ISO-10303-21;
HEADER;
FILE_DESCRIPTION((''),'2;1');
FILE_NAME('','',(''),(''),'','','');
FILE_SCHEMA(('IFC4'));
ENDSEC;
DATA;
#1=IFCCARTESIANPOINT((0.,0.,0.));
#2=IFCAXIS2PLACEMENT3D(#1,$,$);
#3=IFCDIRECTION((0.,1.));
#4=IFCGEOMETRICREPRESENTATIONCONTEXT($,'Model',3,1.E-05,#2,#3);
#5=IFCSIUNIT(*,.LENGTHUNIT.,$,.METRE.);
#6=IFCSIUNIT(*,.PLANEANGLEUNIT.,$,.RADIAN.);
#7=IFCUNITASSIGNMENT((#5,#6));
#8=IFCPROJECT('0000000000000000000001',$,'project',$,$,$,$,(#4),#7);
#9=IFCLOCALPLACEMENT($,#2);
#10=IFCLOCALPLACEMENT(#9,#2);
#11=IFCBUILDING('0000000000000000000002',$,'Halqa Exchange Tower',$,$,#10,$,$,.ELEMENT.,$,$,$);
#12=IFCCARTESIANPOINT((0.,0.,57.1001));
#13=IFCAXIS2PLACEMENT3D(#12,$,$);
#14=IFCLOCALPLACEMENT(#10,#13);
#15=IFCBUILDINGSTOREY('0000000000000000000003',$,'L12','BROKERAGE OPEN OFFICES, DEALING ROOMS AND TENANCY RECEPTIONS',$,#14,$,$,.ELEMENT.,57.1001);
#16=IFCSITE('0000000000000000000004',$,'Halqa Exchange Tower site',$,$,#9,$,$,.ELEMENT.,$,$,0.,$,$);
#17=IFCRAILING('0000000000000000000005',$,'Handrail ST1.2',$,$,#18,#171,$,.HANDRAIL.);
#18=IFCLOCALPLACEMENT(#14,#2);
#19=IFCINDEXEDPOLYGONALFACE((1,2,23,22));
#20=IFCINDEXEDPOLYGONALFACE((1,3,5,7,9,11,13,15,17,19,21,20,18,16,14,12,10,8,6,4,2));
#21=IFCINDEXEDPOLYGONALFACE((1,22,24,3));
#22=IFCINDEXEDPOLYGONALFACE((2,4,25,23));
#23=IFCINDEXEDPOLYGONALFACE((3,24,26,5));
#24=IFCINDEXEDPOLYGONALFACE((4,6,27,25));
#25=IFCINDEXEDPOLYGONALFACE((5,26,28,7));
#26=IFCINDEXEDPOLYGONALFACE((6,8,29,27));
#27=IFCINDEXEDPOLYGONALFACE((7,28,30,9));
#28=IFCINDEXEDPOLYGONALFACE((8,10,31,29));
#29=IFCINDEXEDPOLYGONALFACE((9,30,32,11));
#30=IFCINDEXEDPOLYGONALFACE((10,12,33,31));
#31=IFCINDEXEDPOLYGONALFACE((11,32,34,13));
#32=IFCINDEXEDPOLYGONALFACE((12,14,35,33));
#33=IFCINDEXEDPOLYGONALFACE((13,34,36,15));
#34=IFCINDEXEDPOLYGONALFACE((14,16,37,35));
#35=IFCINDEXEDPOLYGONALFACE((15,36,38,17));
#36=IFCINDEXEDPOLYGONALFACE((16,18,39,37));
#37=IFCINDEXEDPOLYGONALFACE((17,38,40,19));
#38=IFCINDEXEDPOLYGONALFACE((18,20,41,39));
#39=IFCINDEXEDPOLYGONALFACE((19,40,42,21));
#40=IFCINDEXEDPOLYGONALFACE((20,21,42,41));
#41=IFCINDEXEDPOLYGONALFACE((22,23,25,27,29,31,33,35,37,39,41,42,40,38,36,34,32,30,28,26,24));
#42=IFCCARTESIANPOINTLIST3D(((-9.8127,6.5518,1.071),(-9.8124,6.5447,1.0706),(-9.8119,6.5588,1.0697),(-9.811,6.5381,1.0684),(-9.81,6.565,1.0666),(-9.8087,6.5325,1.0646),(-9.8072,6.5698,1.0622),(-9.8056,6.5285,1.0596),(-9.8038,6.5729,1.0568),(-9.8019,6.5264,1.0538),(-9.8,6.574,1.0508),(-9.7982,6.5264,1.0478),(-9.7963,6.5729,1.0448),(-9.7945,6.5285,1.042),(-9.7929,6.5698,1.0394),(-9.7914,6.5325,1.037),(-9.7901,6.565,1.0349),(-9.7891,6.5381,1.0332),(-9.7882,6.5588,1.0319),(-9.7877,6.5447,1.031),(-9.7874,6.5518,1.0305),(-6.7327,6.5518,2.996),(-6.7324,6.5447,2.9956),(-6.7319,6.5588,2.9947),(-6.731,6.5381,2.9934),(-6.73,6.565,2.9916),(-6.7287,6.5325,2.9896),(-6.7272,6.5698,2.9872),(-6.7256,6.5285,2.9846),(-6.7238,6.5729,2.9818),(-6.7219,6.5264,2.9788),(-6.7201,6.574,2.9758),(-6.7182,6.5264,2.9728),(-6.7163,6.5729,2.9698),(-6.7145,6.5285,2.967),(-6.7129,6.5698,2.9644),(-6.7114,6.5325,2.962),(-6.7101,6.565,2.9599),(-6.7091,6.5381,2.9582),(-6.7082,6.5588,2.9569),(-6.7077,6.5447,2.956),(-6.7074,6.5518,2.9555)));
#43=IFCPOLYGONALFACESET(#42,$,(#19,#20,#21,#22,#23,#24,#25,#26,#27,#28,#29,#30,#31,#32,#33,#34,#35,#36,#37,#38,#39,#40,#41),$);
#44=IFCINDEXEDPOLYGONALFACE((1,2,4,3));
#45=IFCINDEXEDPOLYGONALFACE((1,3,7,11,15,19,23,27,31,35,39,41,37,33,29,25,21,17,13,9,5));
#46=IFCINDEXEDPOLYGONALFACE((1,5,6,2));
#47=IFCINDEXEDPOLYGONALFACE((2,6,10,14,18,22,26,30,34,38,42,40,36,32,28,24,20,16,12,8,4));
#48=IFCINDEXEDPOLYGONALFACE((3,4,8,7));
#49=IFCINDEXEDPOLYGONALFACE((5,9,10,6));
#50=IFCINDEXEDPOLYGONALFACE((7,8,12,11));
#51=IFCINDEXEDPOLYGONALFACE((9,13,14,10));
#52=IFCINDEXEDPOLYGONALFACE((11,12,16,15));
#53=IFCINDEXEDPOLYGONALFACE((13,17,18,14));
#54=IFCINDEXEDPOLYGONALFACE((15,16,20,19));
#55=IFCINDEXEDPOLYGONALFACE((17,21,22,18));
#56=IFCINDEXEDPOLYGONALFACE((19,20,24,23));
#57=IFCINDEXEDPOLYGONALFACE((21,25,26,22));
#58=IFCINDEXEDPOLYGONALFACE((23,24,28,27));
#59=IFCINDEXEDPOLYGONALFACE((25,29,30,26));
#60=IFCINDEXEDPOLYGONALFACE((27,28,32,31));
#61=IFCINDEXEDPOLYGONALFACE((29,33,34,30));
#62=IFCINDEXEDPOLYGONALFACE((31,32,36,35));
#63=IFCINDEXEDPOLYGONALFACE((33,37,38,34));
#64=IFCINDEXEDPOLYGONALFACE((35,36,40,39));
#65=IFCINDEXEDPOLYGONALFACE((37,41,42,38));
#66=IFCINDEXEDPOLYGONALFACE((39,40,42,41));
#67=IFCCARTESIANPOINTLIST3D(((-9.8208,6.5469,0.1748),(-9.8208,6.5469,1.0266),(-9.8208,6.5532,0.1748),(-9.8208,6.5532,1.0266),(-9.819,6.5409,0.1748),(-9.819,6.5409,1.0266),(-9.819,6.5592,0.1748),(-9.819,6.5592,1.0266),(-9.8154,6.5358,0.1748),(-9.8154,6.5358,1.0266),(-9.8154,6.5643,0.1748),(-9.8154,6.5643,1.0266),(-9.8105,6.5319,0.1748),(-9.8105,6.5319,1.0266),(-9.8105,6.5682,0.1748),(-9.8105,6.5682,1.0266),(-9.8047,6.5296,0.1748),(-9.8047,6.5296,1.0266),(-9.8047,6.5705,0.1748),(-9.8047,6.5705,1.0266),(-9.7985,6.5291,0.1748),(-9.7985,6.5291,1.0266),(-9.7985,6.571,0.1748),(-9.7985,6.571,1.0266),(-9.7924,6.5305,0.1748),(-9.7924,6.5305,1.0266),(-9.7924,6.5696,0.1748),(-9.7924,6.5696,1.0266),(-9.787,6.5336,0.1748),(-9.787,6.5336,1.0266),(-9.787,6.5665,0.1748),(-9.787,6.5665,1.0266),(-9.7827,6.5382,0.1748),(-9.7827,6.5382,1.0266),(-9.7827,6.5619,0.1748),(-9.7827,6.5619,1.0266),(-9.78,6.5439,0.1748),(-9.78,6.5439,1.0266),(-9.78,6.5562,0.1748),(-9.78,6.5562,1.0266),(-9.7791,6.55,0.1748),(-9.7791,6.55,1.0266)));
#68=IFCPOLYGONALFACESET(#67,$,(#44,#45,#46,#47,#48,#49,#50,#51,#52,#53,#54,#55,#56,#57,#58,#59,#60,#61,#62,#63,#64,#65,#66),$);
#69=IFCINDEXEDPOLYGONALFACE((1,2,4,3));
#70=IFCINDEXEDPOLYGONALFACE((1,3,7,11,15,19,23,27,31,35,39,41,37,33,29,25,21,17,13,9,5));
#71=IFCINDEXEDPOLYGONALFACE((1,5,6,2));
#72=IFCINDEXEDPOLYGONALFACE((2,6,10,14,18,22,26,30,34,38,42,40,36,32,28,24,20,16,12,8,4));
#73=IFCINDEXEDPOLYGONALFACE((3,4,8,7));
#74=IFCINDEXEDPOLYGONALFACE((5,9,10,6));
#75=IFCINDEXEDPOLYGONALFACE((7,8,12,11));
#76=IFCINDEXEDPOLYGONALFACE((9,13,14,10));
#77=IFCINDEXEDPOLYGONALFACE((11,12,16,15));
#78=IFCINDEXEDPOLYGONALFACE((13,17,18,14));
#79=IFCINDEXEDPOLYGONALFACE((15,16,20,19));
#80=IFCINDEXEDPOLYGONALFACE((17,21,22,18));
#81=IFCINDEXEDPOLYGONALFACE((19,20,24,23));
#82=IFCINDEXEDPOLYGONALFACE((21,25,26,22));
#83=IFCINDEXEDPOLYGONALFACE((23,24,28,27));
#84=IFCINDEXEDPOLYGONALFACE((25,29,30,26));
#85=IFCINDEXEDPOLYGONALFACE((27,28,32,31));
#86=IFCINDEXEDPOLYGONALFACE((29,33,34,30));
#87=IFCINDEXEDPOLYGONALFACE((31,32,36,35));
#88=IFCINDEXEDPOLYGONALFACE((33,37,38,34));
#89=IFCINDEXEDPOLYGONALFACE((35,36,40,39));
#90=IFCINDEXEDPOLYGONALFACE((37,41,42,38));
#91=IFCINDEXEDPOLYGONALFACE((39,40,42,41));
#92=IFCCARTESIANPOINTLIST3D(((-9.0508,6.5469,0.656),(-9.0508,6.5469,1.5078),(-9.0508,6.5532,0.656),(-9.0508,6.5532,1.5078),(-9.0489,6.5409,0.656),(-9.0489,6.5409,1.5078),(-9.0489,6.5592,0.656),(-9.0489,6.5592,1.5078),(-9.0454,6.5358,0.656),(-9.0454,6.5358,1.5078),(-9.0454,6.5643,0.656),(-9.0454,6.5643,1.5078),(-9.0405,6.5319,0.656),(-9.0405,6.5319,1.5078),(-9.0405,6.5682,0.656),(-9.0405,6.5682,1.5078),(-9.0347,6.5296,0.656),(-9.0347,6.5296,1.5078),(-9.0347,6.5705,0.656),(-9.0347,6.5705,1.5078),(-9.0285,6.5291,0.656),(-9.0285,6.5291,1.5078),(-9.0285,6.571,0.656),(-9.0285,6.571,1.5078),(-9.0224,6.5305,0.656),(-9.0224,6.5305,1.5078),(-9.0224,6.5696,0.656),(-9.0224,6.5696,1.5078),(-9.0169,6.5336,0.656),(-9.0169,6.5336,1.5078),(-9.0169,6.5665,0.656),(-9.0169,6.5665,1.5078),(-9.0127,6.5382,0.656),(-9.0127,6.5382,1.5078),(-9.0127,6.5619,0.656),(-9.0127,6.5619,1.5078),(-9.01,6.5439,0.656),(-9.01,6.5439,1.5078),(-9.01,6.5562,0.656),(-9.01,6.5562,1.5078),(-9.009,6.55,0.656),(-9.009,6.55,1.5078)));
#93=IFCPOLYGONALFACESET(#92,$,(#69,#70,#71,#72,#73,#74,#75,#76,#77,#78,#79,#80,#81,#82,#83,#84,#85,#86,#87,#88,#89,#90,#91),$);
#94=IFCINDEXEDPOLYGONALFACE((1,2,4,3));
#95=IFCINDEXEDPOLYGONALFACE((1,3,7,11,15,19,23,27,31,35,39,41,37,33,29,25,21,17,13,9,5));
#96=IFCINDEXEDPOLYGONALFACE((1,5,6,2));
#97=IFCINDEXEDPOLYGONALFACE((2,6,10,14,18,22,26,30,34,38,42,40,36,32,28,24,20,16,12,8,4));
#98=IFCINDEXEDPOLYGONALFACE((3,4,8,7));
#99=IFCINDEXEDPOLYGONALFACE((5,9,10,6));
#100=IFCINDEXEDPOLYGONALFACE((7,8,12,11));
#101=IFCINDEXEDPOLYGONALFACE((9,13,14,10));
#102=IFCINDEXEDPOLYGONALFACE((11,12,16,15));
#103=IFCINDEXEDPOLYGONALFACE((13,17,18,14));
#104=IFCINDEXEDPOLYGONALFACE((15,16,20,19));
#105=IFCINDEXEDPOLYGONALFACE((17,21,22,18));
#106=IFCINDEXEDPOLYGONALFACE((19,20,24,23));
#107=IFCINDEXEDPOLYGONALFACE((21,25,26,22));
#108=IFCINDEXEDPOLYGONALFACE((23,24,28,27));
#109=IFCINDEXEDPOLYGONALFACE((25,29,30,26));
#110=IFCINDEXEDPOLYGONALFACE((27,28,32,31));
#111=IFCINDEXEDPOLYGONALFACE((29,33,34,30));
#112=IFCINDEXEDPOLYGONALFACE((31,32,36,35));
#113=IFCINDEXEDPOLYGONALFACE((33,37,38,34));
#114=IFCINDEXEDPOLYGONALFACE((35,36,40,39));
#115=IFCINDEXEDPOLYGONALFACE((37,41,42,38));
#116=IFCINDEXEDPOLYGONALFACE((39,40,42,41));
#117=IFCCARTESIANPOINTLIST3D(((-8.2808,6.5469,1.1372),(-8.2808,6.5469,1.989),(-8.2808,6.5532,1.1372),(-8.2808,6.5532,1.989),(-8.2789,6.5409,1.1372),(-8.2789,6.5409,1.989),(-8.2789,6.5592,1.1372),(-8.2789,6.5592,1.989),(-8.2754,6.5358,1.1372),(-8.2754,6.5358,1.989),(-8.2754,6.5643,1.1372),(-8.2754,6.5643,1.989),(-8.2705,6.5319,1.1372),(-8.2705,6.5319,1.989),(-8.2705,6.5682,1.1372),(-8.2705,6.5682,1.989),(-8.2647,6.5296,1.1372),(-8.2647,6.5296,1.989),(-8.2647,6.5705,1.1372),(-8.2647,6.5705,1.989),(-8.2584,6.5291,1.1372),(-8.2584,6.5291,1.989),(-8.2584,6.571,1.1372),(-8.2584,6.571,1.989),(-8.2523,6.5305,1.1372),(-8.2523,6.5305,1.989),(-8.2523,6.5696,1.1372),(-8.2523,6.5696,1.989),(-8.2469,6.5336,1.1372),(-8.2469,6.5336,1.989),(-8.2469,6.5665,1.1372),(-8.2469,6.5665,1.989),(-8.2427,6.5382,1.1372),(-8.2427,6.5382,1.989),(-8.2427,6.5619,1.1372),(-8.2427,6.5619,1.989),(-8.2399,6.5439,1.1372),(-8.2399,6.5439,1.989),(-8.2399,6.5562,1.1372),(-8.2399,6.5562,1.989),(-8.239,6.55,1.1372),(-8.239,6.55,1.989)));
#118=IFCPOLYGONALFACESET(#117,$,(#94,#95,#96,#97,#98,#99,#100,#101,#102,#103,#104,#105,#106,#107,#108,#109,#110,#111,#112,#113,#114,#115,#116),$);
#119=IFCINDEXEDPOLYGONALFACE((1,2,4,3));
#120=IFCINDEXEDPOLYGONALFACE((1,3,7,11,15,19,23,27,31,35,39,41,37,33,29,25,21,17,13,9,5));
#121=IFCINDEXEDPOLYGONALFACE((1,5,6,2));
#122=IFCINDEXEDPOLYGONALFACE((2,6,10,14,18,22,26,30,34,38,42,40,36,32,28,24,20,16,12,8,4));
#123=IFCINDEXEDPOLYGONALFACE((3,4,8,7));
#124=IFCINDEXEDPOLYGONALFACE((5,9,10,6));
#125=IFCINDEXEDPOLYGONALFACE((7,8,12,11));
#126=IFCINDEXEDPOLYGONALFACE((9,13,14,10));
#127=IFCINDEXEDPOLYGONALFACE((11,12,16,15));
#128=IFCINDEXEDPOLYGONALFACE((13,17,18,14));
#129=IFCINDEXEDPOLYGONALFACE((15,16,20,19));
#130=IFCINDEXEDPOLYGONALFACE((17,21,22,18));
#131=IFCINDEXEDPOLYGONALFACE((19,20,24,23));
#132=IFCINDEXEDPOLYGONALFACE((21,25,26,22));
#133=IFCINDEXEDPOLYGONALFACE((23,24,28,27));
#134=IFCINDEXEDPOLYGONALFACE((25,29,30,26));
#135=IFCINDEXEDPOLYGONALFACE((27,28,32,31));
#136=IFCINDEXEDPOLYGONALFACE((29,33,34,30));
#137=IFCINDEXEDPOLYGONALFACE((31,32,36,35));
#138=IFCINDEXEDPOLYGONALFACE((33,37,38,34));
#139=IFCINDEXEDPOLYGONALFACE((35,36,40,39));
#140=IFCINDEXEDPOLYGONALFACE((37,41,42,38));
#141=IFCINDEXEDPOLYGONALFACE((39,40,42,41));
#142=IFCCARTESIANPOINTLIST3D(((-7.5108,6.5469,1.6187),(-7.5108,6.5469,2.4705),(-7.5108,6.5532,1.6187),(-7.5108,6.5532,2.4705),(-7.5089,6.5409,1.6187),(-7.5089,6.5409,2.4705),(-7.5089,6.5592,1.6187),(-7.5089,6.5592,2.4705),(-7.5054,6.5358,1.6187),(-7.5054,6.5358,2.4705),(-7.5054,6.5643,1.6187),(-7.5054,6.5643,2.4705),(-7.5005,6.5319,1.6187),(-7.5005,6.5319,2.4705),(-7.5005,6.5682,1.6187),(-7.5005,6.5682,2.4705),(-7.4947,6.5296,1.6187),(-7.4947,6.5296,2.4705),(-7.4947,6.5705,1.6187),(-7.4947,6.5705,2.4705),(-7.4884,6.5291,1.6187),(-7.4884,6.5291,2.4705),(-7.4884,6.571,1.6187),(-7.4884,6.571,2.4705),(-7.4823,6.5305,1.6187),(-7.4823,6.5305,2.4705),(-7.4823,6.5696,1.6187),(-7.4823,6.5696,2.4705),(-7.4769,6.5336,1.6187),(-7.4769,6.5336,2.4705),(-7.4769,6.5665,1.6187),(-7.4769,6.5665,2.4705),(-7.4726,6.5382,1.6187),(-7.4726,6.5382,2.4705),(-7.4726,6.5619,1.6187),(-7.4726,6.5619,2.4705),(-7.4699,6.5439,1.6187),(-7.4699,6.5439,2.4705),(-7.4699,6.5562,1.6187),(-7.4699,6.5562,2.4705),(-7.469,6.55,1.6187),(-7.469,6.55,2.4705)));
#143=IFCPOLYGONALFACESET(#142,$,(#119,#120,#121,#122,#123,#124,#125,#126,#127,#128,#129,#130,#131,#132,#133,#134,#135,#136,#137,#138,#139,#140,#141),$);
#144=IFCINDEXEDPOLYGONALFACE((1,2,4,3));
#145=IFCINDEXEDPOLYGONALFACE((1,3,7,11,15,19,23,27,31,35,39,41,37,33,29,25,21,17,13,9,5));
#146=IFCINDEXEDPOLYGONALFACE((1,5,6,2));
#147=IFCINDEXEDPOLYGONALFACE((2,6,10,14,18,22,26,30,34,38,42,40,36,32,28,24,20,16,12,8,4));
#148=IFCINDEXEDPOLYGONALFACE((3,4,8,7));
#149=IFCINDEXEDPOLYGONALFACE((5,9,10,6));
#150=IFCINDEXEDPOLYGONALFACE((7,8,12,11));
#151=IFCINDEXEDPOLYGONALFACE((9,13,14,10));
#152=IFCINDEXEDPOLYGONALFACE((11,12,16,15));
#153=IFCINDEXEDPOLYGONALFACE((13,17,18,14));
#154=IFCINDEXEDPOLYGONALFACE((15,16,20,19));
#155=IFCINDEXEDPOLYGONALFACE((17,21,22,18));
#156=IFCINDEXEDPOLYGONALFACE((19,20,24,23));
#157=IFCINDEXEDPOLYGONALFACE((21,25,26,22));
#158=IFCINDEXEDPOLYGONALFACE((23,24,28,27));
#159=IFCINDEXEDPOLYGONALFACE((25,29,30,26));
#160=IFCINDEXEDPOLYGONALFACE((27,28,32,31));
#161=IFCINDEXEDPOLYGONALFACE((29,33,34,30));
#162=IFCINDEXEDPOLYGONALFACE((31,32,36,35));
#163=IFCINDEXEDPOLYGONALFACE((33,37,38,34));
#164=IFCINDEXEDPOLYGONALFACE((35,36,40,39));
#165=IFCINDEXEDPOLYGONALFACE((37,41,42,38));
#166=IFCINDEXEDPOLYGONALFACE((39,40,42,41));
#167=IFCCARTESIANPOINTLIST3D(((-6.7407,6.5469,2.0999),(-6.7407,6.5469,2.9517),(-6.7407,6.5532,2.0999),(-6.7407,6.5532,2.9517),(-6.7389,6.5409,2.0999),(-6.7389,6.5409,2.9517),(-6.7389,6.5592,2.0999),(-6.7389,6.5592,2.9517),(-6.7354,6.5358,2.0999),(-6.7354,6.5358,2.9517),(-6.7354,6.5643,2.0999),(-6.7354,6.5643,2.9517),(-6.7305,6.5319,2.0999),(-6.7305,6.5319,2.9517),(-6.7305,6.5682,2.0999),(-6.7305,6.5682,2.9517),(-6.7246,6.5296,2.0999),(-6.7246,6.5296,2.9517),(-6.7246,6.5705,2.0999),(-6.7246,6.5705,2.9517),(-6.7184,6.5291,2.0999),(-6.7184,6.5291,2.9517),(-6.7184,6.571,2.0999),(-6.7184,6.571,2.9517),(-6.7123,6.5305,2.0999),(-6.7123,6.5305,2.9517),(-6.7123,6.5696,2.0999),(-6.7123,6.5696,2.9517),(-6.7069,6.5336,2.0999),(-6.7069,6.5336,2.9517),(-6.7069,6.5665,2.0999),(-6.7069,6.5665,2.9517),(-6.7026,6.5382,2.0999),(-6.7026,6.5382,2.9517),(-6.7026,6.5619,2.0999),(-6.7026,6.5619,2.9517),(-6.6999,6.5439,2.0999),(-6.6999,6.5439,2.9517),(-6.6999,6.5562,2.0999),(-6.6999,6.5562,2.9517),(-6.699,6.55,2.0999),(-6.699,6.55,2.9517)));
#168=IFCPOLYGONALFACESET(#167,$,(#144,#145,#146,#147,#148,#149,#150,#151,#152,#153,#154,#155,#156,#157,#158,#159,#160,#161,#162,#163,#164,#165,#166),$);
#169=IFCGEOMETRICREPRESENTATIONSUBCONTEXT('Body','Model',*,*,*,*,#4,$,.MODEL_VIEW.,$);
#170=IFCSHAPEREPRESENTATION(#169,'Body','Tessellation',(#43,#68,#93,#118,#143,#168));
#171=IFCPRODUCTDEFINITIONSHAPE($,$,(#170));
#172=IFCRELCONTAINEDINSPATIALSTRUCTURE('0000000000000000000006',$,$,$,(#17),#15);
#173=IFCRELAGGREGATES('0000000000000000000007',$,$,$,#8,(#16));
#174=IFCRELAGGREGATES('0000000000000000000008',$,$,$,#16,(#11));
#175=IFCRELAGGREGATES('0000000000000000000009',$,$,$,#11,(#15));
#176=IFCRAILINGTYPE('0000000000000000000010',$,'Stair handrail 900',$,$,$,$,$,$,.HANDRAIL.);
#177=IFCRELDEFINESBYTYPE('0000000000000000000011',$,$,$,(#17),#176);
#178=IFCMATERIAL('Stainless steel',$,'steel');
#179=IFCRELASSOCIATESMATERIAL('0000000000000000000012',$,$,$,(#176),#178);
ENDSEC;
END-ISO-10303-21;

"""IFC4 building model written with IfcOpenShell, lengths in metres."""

from ifc_helpers import new_model, si_unit, direction, frame, origin, origin_2d, place, context, subcontext, project, spatial, circle, extrude, material, type_object, element, save


model = new_model("IFC4")

# Units and contexts
model_context = context("Model", 3, precision=1e-05, world=origin(), true_north=direction((0.0, 1.0)))
body_context = subcontext(model_context, "Body", "Model", "MODEL_VIEW")
ifc_project = project(units=[si_unit("LENGTHUNIT", "METRE"), si_unit("PLANEANGLEUNIT", "RADIAN")], contexts=[model_context])

# Site, building, storey
site_placement = place(None, origin())
site = spatial("IfcSite", under=ifc_project, at=site_placement, Name="Halqa Exchange Tower site", CompositionType="ELEMENT", RefElevation=0.0)
building_placement = place(site_placement, origin())
building = spatial("IfcBuilding", under=site, at=building_placement, Name="Halqa Exchange Tower", CompositionType="ELEMENT")
storey_placement = place(building_placement, frame((0.0, 0.0, 57.1001)))
storey = spatial("IfcBuildingStorey", under=building, at=storey_placement, Name="L12", Description="BROKERAGE OPEN OFFICES, DEALING ROOMS AND TENANCY RECEPTIONS", CompositionType="ELEMENT", Elevation=57.1001)

# Shared definitions
ifc_material_1 = material(Name="Stainless steel", Category="steel")

# Railing
railing_type_1 = type_object("IfcRailingType", Name="Stair handrail 900", PredefinedType="HANDRAIL", material=ifc_material_1)
railing_1_placement = place(storey_placement, frame((-9.8, 6.55, 0.1748)))
element("IfcRailing", 1, at=railing_1_placement, inside=storey, type_object=railing_type_1, Name="Handrail ST1.2", PredefinedType="HANDRAIL", context=body_context, shape_type="SweptSolid", body=[
    extrude(circle(Radius=0.0239, at=origin_2d()), frame((0.0, 0.0, 0.876), z_axis=(0.847998, 0.0, 0.529999), x_axis=(0.0, 1.0, 0.0)), (0.0, 0.0, 1.0), 3.6321),
    extrude(circle(Radius=0.021, at=origin_2d()), origin(), (0.0, 0.0, 1.0), 0.8518),
    extrude(circle(Radius=0.021, at=origin_2d()), frame((0.77, 0.0, 0.4812)), (0.0, 0.0, 1.0), 0.8518),
    extrude(circle(Radius=0.021, at=origin_2d()), frame((1.54, 0.0, 0.9624)), (0.0, 0.0, 1.0), 0.8518),
    extrude(circle(Radius=0.021, at=origin_2d()), frame((2.3101, 0.0, 1.4438)), (0.0, 0.0, 1.0), 0.8518),
    extrude(circle(Radius=0.021, at=origin_2d()), frame((3.0801, 0.0, 1.925)), (0.0, 0.0, 1.0), 0.8518),
])

save(model, "model.ifc")
